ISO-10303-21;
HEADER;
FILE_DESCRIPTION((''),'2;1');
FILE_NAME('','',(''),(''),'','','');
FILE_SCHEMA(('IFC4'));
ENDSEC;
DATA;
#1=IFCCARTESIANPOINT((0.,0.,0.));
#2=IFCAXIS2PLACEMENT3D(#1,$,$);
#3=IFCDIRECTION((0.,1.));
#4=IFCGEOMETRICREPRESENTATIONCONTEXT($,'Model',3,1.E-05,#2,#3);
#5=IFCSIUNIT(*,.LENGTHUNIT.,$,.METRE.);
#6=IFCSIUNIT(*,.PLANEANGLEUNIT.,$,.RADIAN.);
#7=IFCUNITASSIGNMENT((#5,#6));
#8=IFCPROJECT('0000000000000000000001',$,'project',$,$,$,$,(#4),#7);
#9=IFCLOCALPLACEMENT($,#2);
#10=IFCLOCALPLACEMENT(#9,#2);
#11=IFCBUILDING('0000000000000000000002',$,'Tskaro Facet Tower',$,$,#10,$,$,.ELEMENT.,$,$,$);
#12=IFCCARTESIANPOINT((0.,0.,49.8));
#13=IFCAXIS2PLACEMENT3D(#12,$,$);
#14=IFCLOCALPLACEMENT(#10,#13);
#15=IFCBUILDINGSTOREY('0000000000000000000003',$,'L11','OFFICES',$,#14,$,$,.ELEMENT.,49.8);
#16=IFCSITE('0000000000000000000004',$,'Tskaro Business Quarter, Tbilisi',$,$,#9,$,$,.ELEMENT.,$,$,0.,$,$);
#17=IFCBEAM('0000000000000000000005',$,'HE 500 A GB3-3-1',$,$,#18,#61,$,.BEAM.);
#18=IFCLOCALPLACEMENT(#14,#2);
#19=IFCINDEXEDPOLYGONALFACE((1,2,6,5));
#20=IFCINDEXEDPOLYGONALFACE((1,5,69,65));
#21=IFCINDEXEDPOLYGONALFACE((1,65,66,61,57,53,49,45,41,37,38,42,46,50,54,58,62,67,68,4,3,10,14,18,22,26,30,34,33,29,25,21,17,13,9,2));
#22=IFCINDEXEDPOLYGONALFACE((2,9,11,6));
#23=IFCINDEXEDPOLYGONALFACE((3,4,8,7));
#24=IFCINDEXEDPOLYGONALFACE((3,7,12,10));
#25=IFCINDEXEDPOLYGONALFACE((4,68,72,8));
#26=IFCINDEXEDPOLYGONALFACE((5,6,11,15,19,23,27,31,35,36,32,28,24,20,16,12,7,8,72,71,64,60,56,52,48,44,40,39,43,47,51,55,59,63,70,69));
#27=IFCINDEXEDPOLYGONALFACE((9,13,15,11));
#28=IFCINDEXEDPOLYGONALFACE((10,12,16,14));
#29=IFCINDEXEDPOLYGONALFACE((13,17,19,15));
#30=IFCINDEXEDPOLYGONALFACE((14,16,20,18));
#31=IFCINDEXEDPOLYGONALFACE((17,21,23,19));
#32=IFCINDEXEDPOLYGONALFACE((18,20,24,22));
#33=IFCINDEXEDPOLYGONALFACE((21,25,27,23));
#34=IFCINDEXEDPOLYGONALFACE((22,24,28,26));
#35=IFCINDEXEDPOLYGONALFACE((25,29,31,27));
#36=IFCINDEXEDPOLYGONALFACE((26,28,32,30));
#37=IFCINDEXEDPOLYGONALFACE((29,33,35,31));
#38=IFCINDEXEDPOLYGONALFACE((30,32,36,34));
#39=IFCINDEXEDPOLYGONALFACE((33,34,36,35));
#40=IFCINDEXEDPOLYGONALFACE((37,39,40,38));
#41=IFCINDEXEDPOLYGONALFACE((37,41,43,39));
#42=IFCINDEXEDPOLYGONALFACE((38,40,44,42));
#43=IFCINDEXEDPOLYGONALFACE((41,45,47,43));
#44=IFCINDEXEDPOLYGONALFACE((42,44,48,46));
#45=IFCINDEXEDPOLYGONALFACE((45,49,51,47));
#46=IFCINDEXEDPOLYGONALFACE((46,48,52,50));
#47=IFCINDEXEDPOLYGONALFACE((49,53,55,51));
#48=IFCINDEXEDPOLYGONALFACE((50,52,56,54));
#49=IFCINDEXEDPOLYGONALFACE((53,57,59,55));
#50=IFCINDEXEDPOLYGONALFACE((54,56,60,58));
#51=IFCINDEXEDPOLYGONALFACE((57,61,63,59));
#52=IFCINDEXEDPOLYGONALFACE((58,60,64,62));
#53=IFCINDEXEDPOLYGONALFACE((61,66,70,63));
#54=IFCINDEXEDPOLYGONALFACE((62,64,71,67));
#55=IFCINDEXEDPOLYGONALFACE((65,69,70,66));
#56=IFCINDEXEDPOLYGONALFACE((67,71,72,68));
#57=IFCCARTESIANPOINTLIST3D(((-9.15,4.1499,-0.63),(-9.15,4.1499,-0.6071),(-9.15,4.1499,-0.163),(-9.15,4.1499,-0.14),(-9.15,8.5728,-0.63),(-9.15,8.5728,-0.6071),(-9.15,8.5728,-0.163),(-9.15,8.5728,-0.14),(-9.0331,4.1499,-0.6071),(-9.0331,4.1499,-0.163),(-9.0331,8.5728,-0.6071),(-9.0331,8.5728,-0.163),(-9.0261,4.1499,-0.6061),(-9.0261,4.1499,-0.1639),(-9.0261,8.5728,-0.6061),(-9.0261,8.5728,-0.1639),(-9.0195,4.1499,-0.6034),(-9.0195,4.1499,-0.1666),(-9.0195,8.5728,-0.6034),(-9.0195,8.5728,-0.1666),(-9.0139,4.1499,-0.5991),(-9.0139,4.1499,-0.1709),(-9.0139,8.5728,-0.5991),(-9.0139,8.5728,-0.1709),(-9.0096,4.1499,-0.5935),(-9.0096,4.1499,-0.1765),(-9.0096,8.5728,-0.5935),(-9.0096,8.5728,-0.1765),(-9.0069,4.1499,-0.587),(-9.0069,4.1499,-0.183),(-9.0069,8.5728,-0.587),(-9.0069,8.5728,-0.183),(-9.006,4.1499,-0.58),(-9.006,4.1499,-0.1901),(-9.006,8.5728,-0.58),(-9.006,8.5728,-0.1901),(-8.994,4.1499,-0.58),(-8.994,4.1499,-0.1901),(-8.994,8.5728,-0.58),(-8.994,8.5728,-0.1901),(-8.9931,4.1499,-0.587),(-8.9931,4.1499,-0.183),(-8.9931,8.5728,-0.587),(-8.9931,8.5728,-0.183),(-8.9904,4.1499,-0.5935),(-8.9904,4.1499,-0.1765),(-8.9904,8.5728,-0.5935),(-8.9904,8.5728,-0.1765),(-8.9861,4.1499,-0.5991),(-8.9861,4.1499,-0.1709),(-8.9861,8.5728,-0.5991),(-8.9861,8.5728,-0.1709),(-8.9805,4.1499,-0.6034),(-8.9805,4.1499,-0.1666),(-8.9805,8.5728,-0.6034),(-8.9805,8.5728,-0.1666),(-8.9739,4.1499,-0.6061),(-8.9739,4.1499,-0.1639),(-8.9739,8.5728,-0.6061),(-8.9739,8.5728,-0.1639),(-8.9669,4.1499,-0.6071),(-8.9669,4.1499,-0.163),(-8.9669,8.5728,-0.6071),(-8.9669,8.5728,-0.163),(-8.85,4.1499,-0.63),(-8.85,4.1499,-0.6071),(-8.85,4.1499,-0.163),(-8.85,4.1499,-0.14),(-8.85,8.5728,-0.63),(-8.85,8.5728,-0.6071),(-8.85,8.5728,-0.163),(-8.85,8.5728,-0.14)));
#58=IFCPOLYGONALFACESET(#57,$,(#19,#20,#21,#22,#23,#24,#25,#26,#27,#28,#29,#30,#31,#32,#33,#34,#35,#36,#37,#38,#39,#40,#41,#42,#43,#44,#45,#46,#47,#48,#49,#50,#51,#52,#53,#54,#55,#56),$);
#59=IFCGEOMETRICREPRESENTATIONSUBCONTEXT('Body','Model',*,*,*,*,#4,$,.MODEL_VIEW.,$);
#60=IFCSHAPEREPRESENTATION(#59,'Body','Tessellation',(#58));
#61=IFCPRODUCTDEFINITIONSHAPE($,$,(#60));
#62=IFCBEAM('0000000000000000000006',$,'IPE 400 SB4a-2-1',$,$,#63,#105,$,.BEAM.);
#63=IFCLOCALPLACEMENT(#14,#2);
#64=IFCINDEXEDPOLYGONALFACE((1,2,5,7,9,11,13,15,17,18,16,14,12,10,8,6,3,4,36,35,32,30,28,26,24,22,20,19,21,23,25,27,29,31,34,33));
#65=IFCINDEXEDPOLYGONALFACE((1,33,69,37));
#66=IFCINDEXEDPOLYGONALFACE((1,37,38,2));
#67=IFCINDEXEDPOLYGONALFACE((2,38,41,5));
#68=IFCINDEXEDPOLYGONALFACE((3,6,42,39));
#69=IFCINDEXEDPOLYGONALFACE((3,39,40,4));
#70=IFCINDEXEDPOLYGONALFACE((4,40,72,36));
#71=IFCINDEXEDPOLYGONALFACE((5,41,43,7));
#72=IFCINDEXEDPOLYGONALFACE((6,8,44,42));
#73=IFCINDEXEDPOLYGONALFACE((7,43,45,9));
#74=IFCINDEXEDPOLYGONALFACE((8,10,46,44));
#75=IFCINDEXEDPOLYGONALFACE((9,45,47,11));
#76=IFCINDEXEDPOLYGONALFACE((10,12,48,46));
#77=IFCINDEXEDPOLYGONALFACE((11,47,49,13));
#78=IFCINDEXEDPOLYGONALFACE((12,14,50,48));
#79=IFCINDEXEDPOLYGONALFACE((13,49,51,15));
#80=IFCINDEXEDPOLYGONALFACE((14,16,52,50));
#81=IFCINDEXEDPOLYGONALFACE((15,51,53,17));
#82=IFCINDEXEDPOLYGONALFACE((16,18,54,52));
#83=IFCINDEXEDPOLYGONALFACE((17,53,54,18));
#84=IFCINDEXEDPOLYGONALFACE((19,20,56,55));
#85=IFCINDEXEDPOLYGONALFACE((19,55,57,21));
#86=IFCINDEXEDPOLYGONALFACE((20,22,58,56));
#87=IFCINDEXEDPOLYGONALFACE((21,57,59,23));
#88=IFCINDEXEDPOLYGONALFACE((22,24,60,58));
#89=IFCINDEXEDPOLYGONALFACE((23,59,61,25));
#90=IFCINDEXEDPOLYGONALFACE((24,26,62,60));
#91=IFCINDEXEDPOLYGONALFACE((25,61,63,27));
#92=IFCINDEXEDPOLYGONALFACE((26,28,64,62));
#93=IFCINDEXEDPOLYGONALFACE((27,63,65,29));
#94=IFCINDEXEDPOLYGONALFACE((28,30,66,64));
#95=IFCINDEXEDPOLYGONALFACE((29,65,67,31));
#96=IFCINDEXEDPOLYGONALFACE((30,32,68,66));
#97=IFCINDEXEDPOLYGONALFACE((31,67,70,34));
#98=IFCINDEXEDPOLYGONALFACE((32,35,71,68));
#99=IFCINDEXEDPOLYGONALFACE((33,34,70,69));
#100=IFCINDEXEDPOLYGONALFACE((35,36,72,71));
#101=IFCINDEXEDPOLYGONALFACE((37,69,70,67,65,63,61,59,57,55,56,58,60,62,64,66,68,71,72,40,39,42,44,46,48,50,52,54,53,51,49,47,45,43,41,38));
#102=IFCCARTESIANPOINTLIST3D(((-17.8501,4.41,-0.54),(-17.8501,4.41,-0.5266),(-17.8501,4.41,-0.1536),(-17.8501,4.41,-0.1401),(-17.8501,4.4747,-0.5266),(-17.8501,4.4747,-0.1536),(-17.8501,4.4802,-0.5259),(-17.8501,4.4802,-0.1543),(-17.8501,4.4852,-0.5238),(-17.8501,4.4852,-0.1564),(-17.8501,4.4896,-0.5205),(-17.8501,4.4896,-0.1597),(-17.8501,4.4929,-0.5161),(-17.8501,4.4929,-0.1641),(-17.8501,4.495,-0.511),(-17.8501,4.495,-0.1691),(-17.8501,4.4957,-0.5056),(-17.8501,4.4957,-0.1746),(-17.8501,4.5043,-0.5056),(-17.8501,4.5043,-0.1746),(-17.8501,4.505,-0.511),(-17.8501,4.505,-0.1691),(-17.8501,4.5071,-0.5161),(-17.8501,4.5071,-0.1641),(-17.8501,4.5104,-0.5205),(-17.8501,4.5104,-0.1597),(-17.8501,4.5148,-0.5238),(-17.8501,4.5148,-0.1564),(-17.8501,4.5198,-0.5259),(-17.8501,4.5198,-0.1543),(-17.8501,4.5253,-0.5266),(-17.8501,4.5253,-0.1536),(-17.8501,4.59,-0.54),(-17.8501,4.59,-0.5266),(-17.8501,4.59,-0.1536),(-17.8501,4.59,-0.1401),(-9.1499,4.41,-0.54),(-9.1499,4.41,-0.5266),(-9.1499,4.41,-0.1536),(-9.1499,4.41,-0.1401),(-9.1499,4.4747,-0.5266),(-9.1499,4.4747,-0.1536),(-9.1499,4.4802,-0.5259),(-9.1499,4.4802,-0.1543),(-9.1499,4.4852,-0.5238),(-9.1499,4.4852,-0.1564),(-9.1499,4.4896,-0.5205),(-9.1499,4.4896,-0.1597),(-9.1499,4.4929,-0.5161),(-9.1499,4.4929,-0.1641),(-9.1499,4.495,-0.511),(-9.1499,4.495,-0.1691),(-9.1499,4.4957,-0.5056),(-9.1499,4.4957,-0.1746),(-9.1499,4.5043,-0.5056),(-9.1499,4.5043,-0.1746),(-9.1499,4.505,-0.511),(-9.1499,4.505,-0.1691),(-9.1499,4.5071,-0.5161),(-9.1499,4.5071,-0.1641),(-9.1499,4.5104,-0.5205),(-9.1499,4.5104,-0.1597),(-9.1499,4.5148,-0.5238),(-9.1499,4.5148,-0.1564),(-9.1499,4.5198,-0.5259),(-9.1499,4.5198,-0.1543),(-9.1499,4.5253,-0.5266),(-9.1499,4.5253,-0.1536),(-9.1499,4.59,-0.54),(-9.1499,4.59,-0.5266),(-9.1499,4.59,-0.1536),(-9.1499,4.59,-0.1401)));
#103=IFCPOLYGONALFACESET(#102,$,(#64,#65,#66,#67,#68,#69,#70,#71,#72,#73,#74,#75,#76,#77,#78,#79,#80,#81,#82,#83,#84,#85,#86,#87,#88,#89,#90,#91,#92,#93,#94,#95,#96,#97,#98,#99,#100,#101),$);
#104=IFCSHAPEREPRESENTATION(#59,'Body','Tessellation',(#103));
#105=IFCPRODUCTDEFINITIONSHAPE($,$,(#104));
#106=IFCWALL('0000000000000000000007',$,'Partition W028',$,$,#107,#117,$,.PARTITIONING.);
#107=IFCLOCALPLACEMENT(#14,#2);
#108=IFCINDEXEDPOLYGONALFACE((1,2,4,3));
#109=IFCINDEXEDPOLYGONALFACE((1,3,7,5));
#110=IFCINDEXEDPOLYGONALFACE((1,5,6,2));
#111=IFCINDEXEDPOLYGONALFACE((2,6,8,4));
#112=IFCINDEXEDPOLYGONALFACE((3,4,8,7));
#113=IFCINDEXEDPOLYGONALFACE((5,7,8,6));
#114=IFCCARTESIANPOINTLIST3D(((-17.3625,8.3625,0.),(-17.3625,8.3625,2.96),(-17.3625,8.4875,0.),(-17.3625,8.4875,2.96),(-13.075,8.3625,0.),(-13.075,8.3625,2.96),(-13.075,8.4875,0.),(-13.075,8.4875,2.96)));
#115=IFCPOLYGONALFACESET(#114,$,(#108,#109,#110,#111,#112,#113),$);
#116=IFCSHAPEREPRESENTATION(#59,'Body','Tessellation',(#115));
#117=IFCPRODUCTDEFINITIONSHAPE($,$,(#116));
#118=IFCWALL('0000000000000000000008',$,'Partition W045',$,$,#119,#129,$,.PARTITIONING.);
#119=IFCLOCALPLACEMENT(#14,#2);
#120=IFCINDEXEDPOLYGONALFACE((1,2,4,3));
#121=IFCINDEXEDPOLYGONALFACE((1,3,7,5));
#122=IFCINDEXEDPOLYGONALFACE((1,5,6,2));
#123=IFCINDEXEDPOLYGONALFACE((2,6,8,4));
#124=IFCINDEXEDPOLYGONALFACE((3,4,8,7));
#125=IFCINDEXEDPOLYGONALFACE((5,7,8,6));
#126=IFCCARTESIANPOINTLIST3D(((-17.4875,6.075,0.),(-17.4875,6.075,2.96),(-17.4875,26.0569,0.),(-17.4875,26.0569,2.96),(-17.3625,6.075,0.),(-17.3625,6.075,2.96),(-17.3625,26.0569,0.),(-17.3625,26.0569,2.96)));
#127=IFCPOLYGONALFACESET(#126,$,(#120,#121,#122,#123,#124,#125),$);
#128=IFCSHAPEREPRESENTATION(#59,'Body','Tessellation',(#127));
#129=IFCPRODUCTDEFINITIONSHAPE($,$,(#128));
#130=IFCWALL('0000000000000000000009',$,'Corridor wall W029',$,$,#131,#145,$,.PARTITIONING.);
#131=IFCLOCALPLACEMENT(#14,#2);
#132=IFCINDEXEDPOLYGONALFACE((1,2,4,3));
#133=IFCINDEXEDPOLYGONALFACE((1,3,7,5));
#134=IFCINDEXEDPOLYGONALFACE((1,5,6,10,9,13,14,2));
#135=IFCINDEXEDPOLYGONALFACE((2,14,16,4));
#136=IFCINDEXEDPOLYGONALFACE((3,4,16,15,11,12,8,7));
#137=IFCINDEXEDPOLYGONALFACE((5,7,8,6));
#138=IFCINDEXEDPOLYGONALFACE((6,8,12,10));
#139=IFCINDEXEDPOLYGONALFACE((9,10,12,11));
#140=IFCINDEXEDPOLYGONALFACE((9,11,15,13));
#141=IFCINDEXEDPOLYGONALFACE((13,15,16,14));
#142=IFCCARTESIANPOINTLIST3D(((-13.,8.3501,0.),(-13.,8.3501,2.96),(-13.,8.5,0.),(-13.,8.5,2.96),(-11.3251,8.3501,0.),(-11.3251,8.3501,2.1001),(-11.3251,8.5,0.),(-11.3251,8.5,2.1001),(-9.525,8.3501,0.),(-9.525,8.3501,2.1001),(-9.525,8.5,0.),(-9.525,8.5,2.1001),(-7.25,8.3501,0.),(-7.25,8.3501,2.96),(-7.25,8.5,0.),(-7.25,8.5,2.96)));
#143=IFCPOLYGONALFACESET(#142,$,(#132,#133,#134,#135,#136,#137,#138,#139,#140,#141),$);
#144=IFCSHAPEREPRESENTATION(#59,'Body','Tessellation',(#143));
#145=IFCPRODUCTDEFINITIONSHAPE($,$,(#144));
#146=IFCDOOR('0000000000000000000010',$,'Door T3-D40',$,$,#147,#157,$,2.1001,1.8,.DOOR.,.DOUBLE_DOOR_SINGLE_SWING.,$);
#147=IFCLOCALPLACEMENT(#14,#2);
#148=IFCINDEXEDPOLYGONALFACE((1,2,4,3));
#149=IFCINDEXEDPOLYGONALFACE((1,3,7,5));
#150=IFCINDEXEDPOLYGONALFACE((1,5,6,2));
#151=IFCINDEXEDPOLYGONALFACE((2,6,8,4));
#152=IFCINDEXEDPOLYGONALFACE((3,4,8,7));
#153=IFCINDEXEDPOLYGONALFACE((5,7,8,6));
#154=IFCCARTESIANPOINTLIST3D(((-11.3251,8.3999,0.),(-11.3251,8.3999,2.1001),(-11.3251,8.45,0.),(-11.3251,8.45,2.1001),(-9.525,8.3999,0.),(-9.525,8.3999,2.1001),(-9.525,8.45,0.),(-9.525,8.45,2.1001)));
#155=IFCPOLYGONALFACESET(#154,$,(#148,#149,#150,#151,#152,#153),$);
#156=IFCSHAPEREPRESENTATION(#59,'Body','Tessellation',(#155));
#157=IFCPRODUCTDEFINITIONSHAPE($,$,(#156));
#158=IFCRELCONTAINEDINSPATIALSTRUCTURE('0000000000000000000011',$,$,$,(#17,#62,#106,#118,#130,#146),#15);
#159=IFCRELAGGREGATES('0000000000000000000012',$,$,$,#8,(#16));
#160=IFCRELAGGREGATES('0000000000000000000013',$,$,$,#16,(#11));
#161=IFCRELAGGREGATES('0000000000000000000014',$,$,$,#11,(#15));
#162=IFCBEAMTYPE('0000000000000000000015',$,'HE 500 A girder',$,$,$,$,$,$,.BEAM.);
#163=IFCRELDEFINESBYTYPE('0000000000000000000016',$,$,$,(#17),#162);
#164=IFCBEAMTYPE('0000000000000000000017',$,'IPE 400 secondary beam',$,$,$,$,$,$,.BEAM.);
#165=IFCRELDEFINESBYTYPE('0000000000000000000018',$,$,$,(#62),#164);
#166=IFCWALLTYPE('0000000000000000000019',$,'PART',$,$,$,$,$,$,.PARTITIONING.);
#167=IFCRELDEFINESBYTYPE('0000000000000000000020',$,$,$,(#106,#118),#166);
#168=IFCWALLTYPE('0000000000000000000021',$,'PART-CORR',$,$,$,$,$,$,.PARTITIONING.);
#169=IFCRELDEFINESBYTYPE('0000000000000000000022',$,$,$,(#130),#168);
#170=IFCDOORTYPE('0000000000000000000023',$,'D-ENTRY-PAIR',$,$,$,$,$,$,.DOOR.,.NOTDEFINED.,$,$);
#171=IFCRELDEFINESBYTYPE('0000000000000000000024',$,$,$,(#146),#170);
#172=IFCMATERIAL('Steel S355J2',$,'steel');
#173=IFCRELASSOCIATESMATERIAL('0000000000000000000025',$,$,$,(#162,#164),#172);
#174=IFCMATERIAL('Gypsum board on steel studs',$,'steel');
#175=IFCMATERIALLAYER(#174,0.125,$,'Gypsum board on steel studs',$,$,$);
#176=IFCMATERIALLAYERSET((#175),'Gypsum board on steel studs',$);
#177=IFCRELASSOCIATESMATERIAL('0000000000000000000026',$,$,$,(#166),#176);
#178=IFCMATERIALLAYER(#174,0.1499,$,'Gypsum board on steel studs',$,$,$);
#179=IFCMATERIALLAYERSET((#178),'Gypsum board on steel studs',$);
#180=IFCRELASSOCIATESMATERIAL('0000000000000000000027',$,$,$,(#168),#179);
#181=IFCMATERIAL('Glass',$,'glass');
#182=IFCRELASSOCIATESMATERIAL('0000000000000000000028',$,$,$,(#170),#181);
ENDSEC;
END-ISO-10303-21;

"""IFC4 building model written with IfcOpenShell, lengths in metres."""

from ifc_helpers import new_model, si_unit, direction, frame, frame_2d, origin, origin_2d, place, context, subcontext, project, spatial, rectangle, i_section, extrude, material, layer, layer_set, material_profile, profile_set, type_object, element, fill, save


model = new_model("IFC4")

# Units and contexts
model_context = context("Model", 3, precision=1e-05, world=origin(), true_north=direction((0.0, 1.0)))
body_context = subcontext(model_context, "Body", "Model", "MODEL_VIEW")
ifc_project = project(units=[si_unit("LENGTHUNIT", "METRE"), si_unit("PLANEANGLEUNIT", "RADIAN")], contexts=[model_context])

# Site, building, storey
site_placement = place(None, origin())
site = spatial("IfcSite", under=ifc_project, at=site_placement, Name="Tskaro Business Quarter, Tbilisi", CompositionType="ELEMENT", RefElevation=0.0)
building_placement = place(site_placement, origin())
building = spatial("IfcBuilding", under=site, at=building_placement, Name="Tskaro Facet Tower", CompositionType="ELEMENT")
storey_placement = place(building_placement, frame((0.0, 0.0, 49.8)))
storey = spatial("IfcBuildingStorey", under=building, at=storey_placement, Name="L11", Description="OFFICES", CompositionType="ELEMENT", Elevation=49.8)

# Beams
ifc_material_1 = material(Name="Steel S355J2", Category="steel")
ifc_material_profile_1 = material_profile(ifc_material_1, i_section(OverallWidth=0.3, OverallDepth=0.49, WebThickness=0.012, FlangeThickness=0.0229, FilletRadius=0.0271, at=origin_2d()), Name="HE 500 A")
ifc_profile_set_1 = profile_set([ifc_material_profile_1], Name="Steel S355J2")
beam_type_1 = type_object("IfcBeamType", Name="HE 500 A girder", PredefinedType="BEAM", material=ifc_profile_set_1)
beam_1_placement = place(storey_placement, frame((-9.0, 4.1499, -0.385), z_axis=(0.0, 1.0, 0.0), x_axis=(-1.0, 0.0, 0.0)))
element("IfcBeam", 1, at=beam_1_placement, inside=storey, type_object=beam_type_1, Name="HE 500 A GB3-3-1", PredefinedType="BEAM", context=body_context, shape_type="SweptSolid", body=[
    extrude(i_section(OverallWidth=0.3, OverallDepth=0.49, WebThickness=0.012, FlangeThickness=0.0229, FilletRadius=0.0271, at=origin_2d()), origin(), (0.0, 0.0, 1.0), 4.4229),
])
ifc_material_profile_2 = material_profile(ifc_material_1, i_section(OverallWidth=0.1799, OverallDepth=0.3999, WebThickness=0.0085, FlangeThickness=0.0134, FilletRadius=0.021, at=origin_2d()), Name="IPE 400")
ifc_profile_set_2 = profile_set([ifc_material_profile_2], Name="Steel S355J2")
beam_type_2 = type_object("IfcBeamType", Name="IPE 400 secondary beam", PredefinedType="BEAM", material=ifc_profile_set_2)
beam_2_placement = place(storey_placement, frame((-17.8501, 4.5, -0.3401), z_axis=(1.0, 0.0, 0.0), x_axis=(0.0, 1.0, 0.0)))
element("IfcBeam", 2, at=beam_2_placement, inside=storey, type_object=beam_type_2, Name="IPE 400 SB4a-2-1", PredefinedType="BEAM", context=body_context, shape_type="SweptSolid", body=[
    extrude(i_section(OverallWidth=0.1799, OverallDepth=0.3999, WebThickness=0.0085, FlangeThickness=0.0134, FilletRadius=0.021, at=origin_2d()), origin(), (0.0, 0.0, 1.0), 8.7002),
])

# Walls
ifc_material_2 = material(Name="Gypsum board on steel studs", Category="steel")
ifc_layer_1 = layer(ifc_material_2, 0.125, Name="Gypsum board on steel studs")
ifc_layer_set_1 = layer_set([ifc_layer_1], Name="Gypsum board on steel studs")
wall_type_1 = type_object("IfcWallType", Name="PART", PredefinedType="PARTITIONING", material=ifc_layer_set_1)
wall_1_placement = place(storey_placement, frame((-17.3625, 8.425, 0.0), z_axis=(0.0, 0.0, 1.0), x_axis=(1.0, 0.0, 0.0)))
element("IfcWall", 3, at=wall_1_placement, inside=storey, type_object=wall_type_1, Name="Partition W028", PredefinedType="PARTITIONING", context=body_context, shape_type="SweptSolid", body=[
    extrude(rectangle(XDim=4.2876, YDim=0.125, at=frame_2d((2.1438, 0.0))), origin(), (0.0, 0.0, 1.0), 2.96),
])
wall_2_placement = place(storey_placement, frame((-17.425, 6.075, 0.0), z_axis=(0.0, 0.0, 1.0), x_axis=(0.0, 1.0, 0.0)))
element("IfcWall", 4, at=wall_2_placement, inside=storey, type_object=wall_type_1, Name="Partition W045", PredefinedType="PARTITIONING", context=body_context, shape_type="SweptSolid", body=[
    extrude(rectangle(XDim=19.9819, YDim=0.125, at=frame_2d((9.991, 0.0))), origin(), (0.0, 0.0, 1.0), 2.96),
])

# Wall, opening, door
ifc_layer_2 = layer(ifc_material_2, 0.1499, Name="Gypsum board on steel studs")
ifc_layer_set_2 = layer_set([ifc_layer_2], Name="Gypsum board on steel studs")
wall_type_2 = type_object("IfcWallType", Name="PART-CORR", PredefinedType="PARTITIONING", material=ifc_layer_set_2)
wall_3_placement = place(storey_placement, frame((-13.0, 8.425, 0.0), z_axis=(0.0, 0.0, 1.0), x_axis=(1.0, 0.0, 0.0)))
wall_3 = element("IfcWall", 5, at=wall_3_placement, inside=storey, type_object=wall_type_2, Name="Corridor wall W029", PredefinedType="PARTITIONING", context=body_context, shape_type="SweptSolid", body=[
    extrude(rectangle(XDim=5.75, YDim=0.1499, at=frame_2d((2.875, 0.0))), origin(), (0.0, 0.0, 1.0), 2.96),
])
opening_1_placement = place(wall_3_placement, frame((1.675, 0.0, 0.0)))
opening_1 = element("IfcOpeningElement", 6, at=opening_1_placement, cuts=wall_3, PredefinedType="OPENING", context=body_context, shape_type="SweptSolid", body=[
    extrude(rectangle(XDim=1.8, YDim=2.1001, at=frame_2d((0.8999, 1.05))), frame((0.0, 0.085, 0.0), z_axis=(0.0, -1.0, 0.0), x_axis=(1.0, 0.0, 0.0)), (0.0, 0.0, 1.0), 0.1699),
])
ifc_material_3 = material(Name="Glass", Category="glass")
door_type = type_object("IfcDoorType", Name="D-ENTRY-PAIR", OperationType="NOTDEFINED", PredefinedType="DOOR", material=ifc_material_3)
door_1_placement = place(opening_1_placement, origin())
door_1 = element("IfcDoor", 7, at=door_1_placement, inside=storey, type_object=door_type, Name="Door T3-D40", OperationType="DOUBLE_DOOR_SINGLE_SWING", OverallHeight=2.1001, OverallWidth=1.8, PredefinedType="DOOR", context=body_context, shape_type="SweptSolid", body=[
    extrude(rectangle(XDim=1.8, YDim=2.1001, at=frame_2d((0.8999, 1.05))), frame((0.0, 0.0249, 0.0), z_axis=(0.0, -1.0, 0.0), x_axis=(1.0, 0.0, 0.0)), (0.0, 0.0, 1.0), 0.05),
])
fill(opening_1, door_1)

save(model, "model.ifc")
